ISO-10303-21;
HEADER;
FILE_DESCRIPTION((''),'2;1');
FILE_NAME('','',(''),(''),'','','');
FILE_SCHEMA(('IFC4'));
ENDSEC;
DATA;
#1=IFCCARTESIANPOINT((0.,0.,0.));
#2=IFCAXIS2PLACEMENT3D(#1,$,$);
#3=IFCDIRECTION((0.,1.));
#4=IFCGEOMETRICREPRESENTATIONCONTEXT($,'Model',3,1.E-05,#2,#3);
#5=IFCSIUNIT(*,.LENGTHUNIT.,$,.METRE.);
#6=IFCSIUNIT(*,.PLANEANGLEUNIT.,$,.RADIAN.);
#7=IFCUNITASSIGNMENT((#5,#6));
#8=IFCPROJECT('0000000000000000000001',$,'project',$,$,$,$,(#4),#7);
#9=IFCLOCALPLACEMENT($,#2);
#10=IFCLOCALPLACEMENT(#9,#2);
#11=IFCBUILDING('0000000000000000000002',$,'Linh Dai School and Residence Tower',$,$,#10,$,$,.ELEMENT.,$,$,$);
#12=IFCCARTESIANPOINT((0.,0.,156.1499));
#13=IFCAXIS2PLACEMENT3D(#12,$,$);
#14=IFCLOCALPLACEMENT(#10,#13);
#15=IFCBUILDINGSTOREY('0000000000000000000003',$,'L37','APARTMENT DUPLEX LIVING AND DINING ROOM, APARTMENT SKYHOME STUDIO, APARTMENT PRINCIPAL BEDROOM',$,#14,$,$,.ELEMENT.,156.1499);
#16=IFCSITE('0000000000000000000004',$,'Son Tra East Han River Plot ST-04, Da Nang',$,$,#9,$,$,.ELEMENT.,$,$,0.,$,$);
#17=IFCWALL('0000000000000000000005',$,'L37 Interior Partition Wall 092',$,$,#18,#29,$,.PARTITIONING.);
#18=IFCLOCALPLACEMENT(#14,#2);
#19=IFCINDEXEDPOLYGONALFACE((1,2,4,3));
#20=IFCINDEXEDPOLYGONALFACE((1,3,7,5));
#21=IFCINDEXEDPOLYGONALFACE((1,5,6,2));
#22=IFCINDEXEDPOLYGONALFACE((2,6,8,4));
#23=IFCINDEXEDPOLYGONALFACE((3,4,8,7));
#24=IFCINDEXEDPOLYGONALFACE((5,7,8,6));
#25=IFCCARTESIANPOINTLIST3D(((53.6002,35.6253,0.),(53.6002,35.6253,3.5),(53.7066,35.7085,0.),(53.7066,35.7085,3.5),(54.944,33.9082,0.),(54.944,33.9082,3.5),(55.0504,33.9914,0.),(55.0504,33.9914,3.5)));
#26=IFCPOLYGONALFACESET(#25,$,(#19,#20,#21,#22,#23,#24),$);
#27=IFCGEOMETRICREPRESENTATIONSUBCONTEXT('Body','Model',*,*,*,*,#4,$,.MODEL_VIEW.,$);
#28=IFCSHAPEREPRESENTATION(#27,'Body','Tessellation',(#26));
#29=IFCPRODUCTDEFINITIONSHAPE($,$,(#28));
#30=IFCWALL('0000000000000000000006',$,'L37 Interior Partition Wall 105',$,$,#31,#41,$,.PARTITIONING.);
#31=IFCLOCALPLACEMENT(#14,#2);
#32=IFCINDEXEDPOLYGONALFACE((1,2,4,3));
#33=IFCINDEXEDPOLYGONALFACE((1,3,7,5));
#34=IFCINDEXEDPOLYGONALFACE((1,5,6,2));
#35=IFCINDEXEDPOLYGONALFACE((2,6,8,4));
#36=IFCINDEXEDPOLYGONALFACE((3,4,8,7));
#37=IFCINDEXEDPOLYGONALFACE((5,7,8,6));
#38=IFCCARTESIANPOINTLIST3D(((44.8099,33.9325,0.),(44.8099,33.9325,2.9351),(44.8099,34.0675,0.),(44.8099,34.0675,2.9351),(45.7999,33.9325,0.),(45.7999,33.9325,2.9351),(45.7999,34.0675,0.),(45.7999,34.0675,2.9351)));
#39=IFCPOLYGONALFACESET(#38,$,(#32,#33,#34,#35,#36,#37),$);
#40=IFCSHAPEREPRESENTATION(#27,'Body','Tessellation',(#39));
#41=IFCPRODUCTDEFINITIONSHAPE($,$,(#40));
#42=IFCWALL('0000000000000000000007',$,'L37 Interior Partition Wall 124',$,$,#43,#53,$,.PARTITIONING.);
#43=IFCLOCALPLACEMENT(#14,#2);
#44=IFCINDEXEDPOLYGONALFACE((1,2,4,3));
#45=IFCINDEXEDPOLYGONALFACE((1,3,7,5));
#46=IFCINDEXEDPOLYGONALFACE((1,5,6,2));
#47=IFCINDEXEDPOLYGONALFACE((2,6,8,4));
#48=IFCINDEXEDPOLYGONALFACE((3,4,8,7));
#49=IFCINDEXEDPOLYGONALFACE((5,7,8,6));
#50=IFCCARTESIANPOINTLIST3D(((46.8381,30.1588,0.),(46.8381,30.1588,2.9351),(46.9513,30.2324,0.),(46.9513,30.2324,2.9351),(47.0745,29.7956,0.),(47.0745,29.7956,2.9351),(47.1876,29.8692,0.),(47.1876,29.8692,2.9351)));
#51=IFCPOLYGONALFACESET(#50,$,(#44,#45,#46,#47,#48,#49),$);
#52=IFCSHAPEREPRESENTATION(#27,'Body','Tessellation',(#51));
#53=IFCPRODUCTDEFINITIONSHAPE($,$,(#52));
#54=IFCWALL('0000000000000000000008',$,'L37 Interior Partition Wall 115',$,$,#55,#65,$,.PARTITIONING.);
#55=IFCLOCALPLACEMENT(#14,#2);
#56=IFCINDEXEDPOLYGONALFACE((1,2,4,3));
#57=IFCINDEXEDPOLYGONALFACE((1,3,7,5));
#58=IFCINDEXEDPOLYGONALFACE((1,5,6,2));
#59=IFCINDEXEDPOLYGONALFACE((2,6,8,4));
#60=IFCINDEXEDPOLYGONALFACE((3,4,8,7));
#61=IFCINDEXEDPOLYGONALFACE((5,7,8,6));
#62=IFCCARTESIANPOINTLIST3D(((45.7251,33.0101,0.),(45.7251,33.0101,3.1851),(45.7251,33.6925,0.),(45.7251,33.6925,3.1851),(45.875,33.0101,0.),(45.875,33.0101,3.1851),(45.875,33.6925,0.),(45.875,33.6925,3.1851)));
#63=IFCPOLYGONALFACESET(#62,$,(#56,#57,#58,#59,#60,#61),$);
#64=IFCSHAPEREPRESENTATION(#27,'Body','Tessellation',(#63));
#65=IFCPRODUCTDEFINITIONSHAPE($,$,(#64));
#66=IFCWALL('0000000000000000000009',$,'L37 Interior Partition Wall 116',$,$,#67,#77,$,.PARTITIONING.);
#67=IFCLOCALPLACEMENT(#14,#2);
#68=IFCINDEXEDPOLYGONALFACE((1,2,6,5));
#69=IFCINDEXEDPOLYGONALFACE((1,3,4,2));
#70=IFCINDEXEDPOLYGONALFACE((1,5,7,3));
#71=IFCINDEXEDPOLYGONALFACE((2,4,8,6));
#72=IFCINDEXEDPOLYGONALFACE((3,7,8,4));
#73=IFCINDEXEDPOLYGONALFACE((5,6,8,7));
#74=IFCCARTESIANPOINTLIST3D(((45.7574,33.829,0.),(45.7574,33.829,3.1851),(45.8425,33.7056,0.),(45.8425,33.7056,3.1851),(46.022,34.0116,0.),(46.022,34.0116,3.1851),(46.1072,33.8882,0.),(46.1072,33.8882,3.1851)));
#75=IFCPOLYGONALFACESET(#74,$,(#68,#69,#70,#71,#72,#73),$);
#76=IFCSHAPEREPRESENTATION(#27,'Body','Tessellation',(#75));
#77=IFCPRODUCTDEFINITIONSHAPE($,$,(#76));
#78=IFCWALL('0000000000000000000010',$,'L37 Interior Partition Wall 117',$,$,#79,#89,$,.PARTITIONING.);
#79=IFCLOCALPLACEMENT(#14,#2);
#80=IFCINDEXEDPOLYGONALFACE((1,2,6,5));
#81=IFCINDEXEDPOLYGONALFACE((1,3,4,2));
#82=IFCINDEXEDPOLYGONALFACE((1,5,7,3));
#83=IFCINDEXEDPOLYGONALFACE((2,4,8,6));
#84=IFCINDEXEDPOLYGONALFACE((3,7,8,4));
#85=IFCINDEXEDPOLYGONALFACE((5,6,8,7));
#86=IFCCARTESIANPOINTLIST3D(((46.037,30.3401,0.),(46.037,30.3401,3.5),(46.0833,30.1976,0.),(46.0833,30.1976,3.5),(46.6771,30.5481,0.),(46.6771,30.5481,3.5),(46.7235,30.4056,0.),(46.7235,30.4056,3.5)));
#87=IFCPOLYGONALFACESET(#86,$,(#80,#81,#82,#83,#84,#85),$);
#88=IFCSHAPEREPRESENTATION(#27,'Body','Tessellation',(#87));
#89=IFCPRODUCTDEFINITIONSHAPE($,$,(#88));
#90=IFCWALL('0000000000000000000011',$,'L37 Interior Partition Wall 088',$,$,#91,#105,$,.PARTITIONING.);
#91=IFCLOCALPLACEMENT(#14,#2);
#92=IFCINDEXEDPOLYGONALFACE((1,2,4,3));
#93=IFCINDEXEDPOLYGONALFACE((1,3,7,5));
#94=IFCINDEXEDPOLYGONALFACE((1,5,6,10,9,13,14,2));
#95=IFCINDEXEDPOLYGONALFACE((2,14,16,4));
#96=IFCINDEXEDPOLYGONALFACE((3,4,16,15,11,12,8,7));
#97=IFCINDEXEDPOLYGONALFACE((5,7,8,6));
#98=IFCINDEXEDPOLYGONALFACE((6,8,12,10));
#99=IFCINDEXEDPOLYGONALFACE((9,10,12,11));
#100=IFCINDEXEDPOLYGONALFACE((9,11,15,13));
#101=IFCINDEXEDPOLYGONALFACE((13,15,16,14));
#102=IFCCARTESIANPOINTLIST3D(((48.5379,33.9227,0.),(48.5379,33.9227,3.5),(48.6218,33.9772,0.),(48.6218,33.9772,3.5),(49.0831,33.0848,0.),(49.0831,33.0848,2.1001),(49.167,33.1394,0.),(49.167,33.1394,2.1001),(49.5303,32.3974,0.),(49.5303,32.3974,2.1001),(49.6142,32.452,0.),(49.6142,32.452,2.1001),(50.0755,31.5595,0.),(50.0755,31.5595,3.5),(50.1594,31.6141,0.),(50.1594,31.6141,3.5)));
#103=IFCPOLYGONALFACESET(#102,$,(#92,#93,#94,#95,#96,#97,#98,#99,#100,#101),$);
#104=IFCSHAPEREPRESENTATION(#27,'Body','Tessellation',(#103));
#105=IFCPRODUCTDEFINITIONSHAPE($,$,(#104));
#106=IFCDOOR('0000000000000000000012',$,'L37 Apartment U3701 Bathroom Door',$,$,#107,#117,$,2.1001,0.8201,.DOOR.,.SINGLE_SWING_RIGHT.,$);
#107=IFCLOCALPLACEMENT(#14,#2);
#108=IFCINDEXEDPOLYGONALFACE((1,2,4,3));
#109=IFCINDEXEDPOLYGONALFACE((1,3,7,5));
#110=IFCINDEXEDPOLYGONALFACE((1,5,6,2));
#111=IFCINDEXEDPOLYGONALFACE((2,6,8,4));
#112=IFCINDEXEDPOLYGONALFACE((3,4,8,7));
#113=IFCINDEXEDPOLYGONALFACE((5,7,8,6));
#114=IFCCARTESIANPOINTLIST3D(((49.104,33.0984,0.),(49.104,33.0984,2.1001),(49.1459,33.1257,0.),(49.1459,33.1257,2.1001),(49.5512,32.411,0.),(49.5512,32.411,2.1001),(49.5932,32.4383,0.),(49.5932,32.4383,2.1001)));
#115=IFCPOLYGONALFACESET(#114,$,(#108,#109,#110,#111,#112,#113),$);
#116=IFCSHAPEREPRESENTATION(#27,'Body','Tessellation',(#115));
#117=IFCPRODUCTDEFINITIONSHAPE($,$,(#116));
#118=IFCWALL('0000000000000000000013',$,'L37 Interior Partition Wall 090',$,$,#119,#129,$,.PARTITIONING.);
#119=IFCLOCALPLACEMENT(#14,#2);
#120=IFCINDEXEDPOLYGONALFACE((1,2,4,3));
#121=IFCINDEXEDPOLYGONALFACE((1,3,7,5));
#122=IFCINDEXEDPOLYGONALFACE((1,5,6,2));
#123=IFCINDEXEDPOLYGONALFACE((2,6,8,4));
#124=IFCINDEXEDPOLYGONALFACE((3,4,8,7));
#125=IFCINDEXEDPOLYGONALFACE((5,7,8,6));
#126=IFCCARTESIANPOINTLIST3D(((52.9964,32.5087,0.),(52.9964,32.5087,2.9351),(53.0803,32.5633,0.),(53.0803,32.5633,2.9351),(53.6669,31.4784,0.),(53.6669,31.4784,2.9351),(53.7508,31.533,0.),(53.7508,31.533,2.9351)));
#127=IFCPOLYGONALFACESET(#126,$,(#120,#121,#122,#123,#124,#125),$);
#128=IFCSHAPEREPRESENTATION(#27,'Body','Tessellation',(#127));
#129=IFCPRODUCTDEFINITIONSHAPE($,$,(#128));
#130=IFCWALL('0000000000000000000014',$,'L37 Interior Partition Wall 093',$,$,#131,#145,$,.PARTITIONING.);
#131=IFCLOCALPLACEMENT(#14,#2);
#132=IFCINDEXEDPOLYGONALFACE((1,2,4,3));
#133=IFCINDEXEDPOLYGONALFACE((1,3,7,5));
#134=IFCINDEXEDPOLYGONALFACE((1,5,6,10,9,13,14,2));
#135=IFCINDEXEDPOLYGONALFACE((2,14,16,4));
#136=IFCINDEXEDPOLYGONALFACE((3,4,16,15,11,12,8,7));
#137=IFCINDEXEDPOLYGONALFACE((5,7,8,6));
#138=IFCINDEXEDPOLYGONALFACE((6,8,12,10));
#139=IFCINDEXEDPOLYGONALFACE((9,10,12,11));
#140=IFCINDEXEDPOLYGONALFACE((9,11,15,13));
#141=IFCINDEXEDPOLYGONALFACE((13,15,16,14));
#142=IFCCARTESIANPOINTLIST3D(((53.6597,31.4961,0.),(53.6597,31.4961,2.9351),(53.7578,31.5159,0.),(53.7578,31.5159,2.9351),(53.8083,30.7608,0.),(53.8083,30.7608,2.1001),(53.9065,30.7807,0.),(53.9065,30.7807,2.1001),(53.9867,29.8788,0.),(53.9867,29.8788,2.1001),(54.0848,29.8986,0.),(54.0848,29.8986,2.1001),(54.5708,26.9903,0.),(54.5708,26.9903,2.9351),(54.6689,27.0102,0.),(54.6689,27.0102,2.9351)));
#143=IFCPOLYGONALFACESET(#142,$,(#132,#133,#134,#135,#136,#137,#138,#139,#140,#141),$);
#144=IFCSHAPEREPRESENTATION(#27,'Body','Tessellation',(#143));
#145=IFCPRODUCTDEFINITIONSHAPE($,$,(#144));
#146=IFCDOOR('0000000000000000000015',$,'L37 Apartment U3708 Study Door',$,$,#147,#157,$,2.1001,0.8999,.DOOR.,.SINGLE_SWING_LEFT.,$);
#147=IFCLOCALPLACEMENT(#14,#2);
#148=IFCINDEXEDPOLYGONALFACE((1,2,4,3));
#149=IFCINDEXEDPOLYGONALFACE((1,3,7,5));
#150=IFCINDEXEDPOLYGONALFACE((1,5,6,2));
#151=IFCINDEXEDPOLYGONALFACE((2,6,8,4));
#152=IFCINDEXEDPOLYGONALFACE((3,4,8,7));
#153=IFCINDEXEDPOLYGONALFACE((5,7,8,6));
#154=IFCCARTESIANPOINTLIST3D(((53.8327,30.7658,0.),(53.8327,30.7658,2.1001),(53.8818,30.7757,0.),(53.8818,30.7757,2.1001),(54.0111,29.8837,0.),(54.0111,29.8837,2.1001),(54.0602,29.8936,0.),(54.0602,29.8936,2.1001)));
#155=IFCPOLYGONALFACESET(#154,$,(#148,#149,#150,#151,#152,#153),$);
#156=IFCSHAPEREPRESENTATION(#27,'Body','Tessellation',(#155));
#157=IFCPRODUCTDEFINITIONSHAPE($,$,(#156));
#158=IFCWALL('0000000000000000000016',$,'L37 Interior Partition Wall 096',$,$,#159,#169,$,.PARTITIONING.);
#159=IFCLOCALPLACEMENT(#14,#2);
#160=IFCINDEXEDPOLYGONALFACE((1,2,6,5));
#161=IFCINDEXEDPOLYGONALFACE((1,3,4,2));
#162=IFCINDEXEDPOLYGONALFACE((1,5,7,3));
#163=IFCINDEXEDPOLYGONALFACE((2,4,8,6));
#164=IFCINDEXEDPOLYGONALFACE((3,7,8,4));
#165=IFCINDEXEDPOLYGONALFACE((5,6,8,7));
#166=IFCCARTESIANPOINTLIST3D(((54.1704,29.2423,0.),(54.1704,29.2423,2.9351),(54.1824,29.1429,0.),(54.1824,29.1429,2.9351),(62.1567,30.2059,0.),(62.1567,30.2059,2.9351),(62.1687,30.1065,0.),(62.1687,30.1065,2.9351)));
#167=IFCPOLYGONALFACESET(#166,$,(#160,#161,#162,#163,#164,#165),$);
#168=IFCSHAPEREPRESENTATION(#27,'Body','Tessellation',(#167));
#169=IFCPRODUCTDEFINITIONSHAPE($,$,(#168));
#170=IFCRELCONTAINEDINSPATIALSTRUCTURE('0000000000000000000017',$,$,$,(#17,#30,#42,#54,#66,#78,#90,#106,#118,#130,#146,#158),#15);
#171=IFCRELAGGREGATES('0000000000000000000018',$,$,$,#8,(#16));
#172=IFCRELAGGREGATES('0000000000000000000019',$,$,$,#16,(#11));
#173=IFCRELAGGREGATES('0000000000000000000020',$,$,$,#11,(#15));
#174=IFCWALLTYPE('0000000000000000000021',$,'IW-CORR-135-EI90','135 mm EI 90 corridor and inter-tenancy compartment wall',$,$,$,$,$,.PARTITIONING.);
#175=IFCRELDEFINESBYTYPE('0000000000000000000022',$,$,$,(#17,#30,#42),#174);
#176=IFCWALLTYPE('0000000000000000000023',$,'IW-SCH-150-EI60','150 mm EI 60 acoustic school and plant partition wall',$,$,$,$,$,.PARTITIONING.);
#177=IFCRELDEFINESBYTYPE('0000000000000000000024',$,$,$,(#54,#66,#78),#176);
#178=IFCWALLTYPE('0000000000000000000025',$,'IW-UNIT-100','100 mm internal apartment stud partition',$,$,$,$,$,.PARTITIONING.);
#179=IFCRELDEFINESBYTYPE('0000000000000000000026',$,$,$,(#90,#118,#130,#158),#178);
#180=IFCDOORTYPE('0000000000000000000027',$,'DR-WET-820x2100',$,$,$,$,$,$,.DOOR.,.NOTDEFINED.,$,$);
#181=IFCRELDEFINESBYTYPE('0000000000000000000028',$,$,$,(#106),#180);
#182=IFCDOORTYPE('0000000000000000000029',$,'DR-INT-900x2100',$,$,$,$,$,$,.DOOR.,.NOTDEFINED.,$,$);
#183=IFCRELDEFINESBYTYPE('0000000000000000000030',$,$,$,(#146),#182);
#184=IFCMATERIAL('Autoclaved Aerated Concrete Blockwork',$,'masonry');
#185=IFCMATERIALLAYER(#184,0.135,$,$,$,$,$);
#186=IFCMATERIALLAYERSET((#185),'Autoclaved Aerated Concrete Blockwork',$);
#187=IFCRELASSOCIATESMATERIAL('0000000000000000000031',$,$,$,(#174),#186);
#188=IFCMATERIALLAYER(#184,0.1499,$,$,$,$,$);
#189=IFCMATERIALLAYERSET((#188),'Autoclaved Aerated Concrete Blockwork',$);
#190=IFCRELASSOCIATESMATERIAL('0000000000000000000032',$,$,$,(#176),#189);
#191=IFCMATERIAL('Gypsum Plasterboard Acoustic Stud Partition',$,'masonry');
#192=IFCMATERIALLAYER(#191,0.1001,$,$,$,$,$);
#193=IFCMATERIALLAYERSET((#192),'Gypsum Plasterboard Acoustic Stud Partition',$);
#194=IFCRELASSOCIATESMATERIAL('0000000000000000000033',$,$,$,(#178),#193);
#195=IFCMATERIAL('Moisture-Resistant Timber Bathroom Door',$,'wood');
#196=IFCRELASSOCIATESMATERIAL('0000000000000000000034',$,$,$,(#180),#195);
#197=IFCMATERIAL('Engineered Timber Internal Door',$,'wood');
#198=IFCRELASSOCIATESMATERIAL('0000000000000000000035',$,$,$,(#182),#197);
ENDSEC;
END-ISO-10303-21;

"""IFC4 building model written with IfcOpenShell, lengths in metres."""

from ifc_helpers import new_model, si_unit, direction, frame, frame_2d, origin, origin_2d, place, context, subcontext, project, spatial, rectangle, extrude, source, transform, mapped, material, layer, layer_set, type_object, element, fill, save


model = new_model("IFC4")

# Units and contexts
model_context = context("Model", 3, precision=1e-05, world=origin(), true_north=direction((0.0, 1.0)))
body_context = subcontext(model_context, "Body", "Model", "MODEL_VIEW")
ifc_project = project(units=[si_unit("LENGTHUNIT", "METRE"), si_unit("PLANEANGLEUNIT", "RADIAN")], contexts=[model_context])

# Site, building, storey
site_placement = place(None, origin())
site = spatial("IfcSite", under=ifc_project, at=site_placement, Name="Son Tra East Han River Plot ST-04, Da Nang", CompositionType="ELEMENT", RefElevation=0.0)
building_placement = place(site_placement, origin())
building = spatial("IfcBuilding", under=site, at=building_placement, Name="Linh Dai School and Residence Tower", CompositionType="ELEMENT")
storey_placement = place(building_placement, frame((0.0, 0.0, 156.1499)))
storey = spatial("IfcBuildingStorey", under=building, at=storey_placement, Name="L37", Description="APARTMENT DUPLEX LIVING AND DINING ROOM, APARTMENT SKYHOME STUDIO, APARTMENT PRINCIPAL BEDROOM", CompositionType="ELEMENT", Elevation=156.1499)

# Shared definitions
ifc_material_1 = material(Name="Autoclaved Aerated Concrete Blockwork", Category="masonry")
ifc_layer_1 = layer(ifc_material_1, 0.135)
ifc_layer_set_1 = layer_set([ifc_layer_1], Name="Autoclaved Aerated Concrete Blockwork")
wall_type_1 = type_object("IfcWallType", Name="IW-CORR-135-EI90", Description="135 mm EI 90 corridor and inter-tenancy compartment wall", PredefinedType="PARTITIONING", material=ifc_layer_set_1)

# Walls
wall_1_placement = place(storey_placement, frame((53.6533, 35.667, 0.0), z_axis=(0.0, 0.0, 1.0), x_axis=(0.616302, -0.78751, 0.0)))
element("IfcWall", 1, at=wall_1_placement, inside=storey, type_object=wall_type_1, Name="L37 Interior Partition Wall 092", PredefinedType="PARTITIONING", context=body_context, shape_type="SweptSolid", body=[
    extrude(rectangle(XDim=2.1804, YDim=0.135, at=frame_2d((1.0903, 0.0))), origin(), (0.0, 0.0, 1.0), 3.5),
])
wall_2_placement = place(storey_placement, frame((45.8, 34.0, 0.0), z_axis=(0.0, 0.0, 1.0), x_axis=(-1.0, 0.0, 0.0)))
element("IfcWall", 2, at=wall_2_placement, inside=storey, type_object=wall_type_1, Name="L37 Interior Partition Wall 105", PredefinedType="PARTITIONING", context=body_context, shape_type="SweptSolid", body=[
    extrude(rectangle(XDim=0.99, YDim=0.135, at=frame_2d((0.4951, 0.0))), origin(), (0.0, 0.0, 1.0), 2.9351),
])
wall_3_placement = place(storey_placement, frame((47.1311, 29.8323, 0.0), z_axis=(0.0, 0.0, 1.0), x_axis=(-0.545305, 0.838238, 0.0)))
element("IfcWall", 3, at=wall_3_placement, inside=storey, type_object=wall_type_1, Name="L37 Interior Partition Wall 124", PredefinedType="PARTITIONING", context=body_context, shape_type="SweptSolid", body=[
    extrude(rectangle(XDim=0.4333, YDim=0.135, at=frame_2d((0.2168, 0.0))), origin(), (0.0, 0.0, 1.0), 2.9351),
])
ifc_layer_2 = layer(ifc_material_1, 0.1499)
ifc_layer_set_2 = layer_set([ifc_layer_2], Name="Autoclaved Aerated Concrete Blockwork")
wall_type_2 = type_object("IfcWallType", Name="IW-SCH-150-EI60", Description="150 mm EI 60 acoustic school and plant partition wall", PredefinedType="PARTITIONING", material=ifc_layer_set_2)
wall_4_placement = place(storey_placement, frame((45.8, 33.01, 0.0), z_axis=(0.0, 0.0, 1.0), x_axis=(0.0, 1.0, 0.0)))
element("IfcWall", 4, at=wall_4_placement, inside=storey, type_object=wall_type_2, Name="L37 Interior Partition Wall 115", PredefinedType="PARTITIONING", context=body_context, shape_type="SweptSolid", body=[
    extrude(rectangle(XDim=0.6824, YDim=0.1499, at=frame_2d((0.3413, 0.0))), origin(), (0.0, 0.0, 1.0), 3.1851),
])
wall_5_placement = place(storey_placement, frame((45.8, 33.7673, 0.0), z_axis=(0.0, 0.0, 1.0), x_axis=(0.823066, 0.567946, 0.0)))
element("IfcWall", 5, at=wall_5_placement, inside=storey, type_object=wall_type_2, Name="L37 Interior Partition Wall 116", PredefinedType="PARTITIONING", context=body_context, shape_type="SweptSolid", body=[
    extrude(rectangle(XDim=0.3215, YDim=0.1499, at=frame_2d((0.1606, 0.0))), origin(), (0.0, 0.0, 1.0), 3.1851),
])
wall_6_placement = place(storey_placement, frame((46.7002, 30.4768, 0.0), z_axis=(0.0, 0.0, 1.0), x_axis=(-0.95105, -0.309037, 0.0)))
element("IfcWall", 6, at=wall_6_placement, inside=storey, type_object=wall_type_2, Name="L37 Interior Partition Wall 117", PredefinedType="PARTITIONING", context=body_context, shape_type="SweptSolid", body=[
    extrude(rectangle(XDim=0.6731, YDim=0.1499, at=frame_2d((0.3364, 0.0))), origin(), (0.0, 0.0, 1.0), 3.5),
])

# Wall, opening, door
ifc_material_2 = material(Name="Gypsum Plasterboard Acoustic Stud Partition", Category="masonry")
ifc_layer_3 = layer(ifc_material_2, 0.1001)
ifc_layer_set_3 = layer_set([ifc_layer_3], Name="Gypsum Plasterboard Acoustic Stud Partition")
wall_type_3 = type_object("IfcWallType", Name="IW-UNIT-100", Description="100 mm internal apartment stud partition", PredefinedType="PARTITIONING", material=ifc_layer_set_3)
wall_7_placement = place(storey_placement, frame((48.5798, 33.95, 0.0), z_axis=(0.0, 0.0, 1.0), x_axis=(0.545393, -0.83818, 0.0)))
wall_7 = element("IfcWall", 7, at=wall_7_placement, inside=storey, type_object=wall_type_3, Name="L37 Interior Partition Wall 088", PredefinedType="PARTITIONING", context=body_context, shape_type="SweptSolid", body=[
    extrude(rectangle(XDim=2.8193, YDim=0.1001, at=frame_2d((1.4097, 0.0))), origin(), (0.0, 0.0, 1.0), 3.5),
])
opening_1_placement = place(wall_7_placement, frame((0.9995, 0.0, 0.0)))
opening_1 = element("IfcOpeningElement", 8, at=opening_1_placement, cuts=wall_7, PredefinedType="OPENING", context=body_context, shape_type="SweptSolid", body=[
    extrude(rectangle(XDim=0.8201, YDim=2.1001, at=origin_2d()), frame((0.4102, 0.0601, 1.05), z_axis=(0.0, -1.0, 0.0), x_axis=(1.0, 0.0, 0.0)), (0.0, 0.0, 1.0), 0.1201),
])
ifc_material_3 = material(Name="Moisture-Resistant Timber Bathroom Door", Category="wood")
door_type_1 = type_object("IfcDoorType", Name="DR-WET-820x2100", OperationType="NOTDEFINED", PredefinedType="DOOR", material=ifc_material_3)
shared_shape_1 = source(origin(), body_context, "Body", "SweptSolid", [
    extrude(rectangle(XDim=0.8201, YDim=2.1001, at=origin_2d()), frame((0.4102, 0.0249, 1.05), z_axis=(0.0, -1.0, 0.0), x_axis=(1.0, 0.0, 0.0)), (0.0, 0.0, 1.0), 0.05),
])
door_1_placement = place(opening_1_placement, origin())
door_1 = element("IfcDoor", 9, at=door_1_placement, inside=storey, type_object=door_type_1, Name="L37 Apartment U3701 Bathroom Door", OperationType="SINGLE_SWING_RIGHT", OverallHeight=2.1001, OverallWidth=0.8201, PredefinedType="DOOR", context=body_context, shape_type="MappedRepresentation", body=[
    mapped(shared_shape_1, transform((0.0, 0.0, 0.0), x_axis=(1.0, 0.0, 0.0), y_axis=(0.0, 1.0, 0.0), z_axis=(0.0, 0.0, 1.0), scale=1.0)),
])
fill(opening_1, door_1)

# Wall
wall_8_placement = place(storey_placement, frame((53.0383, 32.5361, 0.0), z_axis=(0.0, 0.0, 1.0), x_axis=(0.545407, -0.838171, 0.0)))
element("IfcWall", 10, at=wall_8_placement, inside=storey, type_object=wall_type_3, Name="L37 Interior Partition Wall 090", PredefinedType="PARTITIONING", context=body_context, shape_type="SweptSolid", body=[
    extrude(rectangle(XDim=1.2292, YDim=0.1001, at=frame_2d((0.6147, 0.0))), origin(), (0.0, 0.0, 1.0), 2.9351),
])

# Wall, opening, door
wall_9_placement = place(storey_placement, frame((53.7087, 31.5059, 0.0), z_axis=(0.0, 0.0, 1.0), x_axis=(0.198209, -0.98016, 0.0)))
wall_9 = element("IfcWall", 11, at=wall_9_placement, inside=storey, type_object=wall_type_3, Name="L37 Interior Partition Wall 093", PredefinedType="PARTITIONING", context=body_context, shape_type="SweptSolid", body=[
    extrude(rectangle(XDim=4.5969, YDim=0.1001, at=frame_2d((2.2983, 0.0))), origin(), (0.0, 0.0, 1.0), 2.9351),
])
opening_2_placement = place(wall_9_placement, frame((0.75, 0.0, 0.0)))
opening_2 = element("IfcOpeningElement", 12, at=opening_2_placement, cuts=wall_9, PredefinedType="OPENING", context=body_context, shape_type="SweptSolid", body=[
    extrude(rectangle(XDim=0.8999, YDim=2.1001, at=origin_2d()), frame((0.45, 0.0601, 1.05), z_axis=(0.0, -1.0, 0.0), x_axis=(1.0, 0.0, 0.0)), (0.0, 0.0, 1.0), 0.1201),
])
ifc_material_4 = material(Name="Engineered Timber Internal Door", Category="wood")
door_type_2 = type_object("IfcDoorType", Name="DR-INT-900x2100", OperationType="NOTDEFINED", PredefinedType="DOOR", material=ifc_material_4)
shared_shape_2 = source(origin(), body_context, "Body", "SweptSolid", [
    extrude(rectangle(XDim=0.8999, YDim=2.1001, at=origin_2d()), frame((0.45, 0.0249, 1.05), z_axis=(0.0, -1.0, 0.0), x_axis=(1.0, 0.0, 0.0)), (0.0, 0.0, 1.0), 0.05),
])
door_2_placement = place(opening_2_placement, origin())
door_2 = element("IfcDoor", 13, at=door_2_placement, inside=storey, type_object=door_type_2, Name="L37 Apartment U3708 Study Door", OperationType="SINGLE_SWING_LEFT", OverallHeight=2.1001, OverallWidth=0.8999, PredefinedType="DOOR", context=body_context, shape_type="MappedRepresentation", body=[
    mapped(shared_shape_2, transform((0.0, 0.0, 0.0), x_axis=(1.0, 0.0, 0.0), y_axis=(0.0, 1.0, 0.0), z_axis=(0.0, 0.0, 1.0), scale=1.0)),
])
fill(opening_2, door_2)

# Wall
wall_10_placement = place(storey_placement, frame((54.1765, 29.1926, 0.0), z_axis=(0.0, 0.0, 1.0), x_axis=(0.992799, 0.11979, 0.0)))
element("IfcWall", 14, at=wall_10_placement, inside=storey, type_object=wall_type_3, Name="L37 Interior Partition Wall 096", PredefinedType="PARTITIONING", context=body_context, shape_type="SweptSolid", body=[
    extrude(rectangle(XDim=8.0442, YDim=0.1001, at=frame_2d((4.022, 0.0))), origin(), (0.0, 0.0, 1.0), 2.9351),
])

save(model, "model.ifc")
